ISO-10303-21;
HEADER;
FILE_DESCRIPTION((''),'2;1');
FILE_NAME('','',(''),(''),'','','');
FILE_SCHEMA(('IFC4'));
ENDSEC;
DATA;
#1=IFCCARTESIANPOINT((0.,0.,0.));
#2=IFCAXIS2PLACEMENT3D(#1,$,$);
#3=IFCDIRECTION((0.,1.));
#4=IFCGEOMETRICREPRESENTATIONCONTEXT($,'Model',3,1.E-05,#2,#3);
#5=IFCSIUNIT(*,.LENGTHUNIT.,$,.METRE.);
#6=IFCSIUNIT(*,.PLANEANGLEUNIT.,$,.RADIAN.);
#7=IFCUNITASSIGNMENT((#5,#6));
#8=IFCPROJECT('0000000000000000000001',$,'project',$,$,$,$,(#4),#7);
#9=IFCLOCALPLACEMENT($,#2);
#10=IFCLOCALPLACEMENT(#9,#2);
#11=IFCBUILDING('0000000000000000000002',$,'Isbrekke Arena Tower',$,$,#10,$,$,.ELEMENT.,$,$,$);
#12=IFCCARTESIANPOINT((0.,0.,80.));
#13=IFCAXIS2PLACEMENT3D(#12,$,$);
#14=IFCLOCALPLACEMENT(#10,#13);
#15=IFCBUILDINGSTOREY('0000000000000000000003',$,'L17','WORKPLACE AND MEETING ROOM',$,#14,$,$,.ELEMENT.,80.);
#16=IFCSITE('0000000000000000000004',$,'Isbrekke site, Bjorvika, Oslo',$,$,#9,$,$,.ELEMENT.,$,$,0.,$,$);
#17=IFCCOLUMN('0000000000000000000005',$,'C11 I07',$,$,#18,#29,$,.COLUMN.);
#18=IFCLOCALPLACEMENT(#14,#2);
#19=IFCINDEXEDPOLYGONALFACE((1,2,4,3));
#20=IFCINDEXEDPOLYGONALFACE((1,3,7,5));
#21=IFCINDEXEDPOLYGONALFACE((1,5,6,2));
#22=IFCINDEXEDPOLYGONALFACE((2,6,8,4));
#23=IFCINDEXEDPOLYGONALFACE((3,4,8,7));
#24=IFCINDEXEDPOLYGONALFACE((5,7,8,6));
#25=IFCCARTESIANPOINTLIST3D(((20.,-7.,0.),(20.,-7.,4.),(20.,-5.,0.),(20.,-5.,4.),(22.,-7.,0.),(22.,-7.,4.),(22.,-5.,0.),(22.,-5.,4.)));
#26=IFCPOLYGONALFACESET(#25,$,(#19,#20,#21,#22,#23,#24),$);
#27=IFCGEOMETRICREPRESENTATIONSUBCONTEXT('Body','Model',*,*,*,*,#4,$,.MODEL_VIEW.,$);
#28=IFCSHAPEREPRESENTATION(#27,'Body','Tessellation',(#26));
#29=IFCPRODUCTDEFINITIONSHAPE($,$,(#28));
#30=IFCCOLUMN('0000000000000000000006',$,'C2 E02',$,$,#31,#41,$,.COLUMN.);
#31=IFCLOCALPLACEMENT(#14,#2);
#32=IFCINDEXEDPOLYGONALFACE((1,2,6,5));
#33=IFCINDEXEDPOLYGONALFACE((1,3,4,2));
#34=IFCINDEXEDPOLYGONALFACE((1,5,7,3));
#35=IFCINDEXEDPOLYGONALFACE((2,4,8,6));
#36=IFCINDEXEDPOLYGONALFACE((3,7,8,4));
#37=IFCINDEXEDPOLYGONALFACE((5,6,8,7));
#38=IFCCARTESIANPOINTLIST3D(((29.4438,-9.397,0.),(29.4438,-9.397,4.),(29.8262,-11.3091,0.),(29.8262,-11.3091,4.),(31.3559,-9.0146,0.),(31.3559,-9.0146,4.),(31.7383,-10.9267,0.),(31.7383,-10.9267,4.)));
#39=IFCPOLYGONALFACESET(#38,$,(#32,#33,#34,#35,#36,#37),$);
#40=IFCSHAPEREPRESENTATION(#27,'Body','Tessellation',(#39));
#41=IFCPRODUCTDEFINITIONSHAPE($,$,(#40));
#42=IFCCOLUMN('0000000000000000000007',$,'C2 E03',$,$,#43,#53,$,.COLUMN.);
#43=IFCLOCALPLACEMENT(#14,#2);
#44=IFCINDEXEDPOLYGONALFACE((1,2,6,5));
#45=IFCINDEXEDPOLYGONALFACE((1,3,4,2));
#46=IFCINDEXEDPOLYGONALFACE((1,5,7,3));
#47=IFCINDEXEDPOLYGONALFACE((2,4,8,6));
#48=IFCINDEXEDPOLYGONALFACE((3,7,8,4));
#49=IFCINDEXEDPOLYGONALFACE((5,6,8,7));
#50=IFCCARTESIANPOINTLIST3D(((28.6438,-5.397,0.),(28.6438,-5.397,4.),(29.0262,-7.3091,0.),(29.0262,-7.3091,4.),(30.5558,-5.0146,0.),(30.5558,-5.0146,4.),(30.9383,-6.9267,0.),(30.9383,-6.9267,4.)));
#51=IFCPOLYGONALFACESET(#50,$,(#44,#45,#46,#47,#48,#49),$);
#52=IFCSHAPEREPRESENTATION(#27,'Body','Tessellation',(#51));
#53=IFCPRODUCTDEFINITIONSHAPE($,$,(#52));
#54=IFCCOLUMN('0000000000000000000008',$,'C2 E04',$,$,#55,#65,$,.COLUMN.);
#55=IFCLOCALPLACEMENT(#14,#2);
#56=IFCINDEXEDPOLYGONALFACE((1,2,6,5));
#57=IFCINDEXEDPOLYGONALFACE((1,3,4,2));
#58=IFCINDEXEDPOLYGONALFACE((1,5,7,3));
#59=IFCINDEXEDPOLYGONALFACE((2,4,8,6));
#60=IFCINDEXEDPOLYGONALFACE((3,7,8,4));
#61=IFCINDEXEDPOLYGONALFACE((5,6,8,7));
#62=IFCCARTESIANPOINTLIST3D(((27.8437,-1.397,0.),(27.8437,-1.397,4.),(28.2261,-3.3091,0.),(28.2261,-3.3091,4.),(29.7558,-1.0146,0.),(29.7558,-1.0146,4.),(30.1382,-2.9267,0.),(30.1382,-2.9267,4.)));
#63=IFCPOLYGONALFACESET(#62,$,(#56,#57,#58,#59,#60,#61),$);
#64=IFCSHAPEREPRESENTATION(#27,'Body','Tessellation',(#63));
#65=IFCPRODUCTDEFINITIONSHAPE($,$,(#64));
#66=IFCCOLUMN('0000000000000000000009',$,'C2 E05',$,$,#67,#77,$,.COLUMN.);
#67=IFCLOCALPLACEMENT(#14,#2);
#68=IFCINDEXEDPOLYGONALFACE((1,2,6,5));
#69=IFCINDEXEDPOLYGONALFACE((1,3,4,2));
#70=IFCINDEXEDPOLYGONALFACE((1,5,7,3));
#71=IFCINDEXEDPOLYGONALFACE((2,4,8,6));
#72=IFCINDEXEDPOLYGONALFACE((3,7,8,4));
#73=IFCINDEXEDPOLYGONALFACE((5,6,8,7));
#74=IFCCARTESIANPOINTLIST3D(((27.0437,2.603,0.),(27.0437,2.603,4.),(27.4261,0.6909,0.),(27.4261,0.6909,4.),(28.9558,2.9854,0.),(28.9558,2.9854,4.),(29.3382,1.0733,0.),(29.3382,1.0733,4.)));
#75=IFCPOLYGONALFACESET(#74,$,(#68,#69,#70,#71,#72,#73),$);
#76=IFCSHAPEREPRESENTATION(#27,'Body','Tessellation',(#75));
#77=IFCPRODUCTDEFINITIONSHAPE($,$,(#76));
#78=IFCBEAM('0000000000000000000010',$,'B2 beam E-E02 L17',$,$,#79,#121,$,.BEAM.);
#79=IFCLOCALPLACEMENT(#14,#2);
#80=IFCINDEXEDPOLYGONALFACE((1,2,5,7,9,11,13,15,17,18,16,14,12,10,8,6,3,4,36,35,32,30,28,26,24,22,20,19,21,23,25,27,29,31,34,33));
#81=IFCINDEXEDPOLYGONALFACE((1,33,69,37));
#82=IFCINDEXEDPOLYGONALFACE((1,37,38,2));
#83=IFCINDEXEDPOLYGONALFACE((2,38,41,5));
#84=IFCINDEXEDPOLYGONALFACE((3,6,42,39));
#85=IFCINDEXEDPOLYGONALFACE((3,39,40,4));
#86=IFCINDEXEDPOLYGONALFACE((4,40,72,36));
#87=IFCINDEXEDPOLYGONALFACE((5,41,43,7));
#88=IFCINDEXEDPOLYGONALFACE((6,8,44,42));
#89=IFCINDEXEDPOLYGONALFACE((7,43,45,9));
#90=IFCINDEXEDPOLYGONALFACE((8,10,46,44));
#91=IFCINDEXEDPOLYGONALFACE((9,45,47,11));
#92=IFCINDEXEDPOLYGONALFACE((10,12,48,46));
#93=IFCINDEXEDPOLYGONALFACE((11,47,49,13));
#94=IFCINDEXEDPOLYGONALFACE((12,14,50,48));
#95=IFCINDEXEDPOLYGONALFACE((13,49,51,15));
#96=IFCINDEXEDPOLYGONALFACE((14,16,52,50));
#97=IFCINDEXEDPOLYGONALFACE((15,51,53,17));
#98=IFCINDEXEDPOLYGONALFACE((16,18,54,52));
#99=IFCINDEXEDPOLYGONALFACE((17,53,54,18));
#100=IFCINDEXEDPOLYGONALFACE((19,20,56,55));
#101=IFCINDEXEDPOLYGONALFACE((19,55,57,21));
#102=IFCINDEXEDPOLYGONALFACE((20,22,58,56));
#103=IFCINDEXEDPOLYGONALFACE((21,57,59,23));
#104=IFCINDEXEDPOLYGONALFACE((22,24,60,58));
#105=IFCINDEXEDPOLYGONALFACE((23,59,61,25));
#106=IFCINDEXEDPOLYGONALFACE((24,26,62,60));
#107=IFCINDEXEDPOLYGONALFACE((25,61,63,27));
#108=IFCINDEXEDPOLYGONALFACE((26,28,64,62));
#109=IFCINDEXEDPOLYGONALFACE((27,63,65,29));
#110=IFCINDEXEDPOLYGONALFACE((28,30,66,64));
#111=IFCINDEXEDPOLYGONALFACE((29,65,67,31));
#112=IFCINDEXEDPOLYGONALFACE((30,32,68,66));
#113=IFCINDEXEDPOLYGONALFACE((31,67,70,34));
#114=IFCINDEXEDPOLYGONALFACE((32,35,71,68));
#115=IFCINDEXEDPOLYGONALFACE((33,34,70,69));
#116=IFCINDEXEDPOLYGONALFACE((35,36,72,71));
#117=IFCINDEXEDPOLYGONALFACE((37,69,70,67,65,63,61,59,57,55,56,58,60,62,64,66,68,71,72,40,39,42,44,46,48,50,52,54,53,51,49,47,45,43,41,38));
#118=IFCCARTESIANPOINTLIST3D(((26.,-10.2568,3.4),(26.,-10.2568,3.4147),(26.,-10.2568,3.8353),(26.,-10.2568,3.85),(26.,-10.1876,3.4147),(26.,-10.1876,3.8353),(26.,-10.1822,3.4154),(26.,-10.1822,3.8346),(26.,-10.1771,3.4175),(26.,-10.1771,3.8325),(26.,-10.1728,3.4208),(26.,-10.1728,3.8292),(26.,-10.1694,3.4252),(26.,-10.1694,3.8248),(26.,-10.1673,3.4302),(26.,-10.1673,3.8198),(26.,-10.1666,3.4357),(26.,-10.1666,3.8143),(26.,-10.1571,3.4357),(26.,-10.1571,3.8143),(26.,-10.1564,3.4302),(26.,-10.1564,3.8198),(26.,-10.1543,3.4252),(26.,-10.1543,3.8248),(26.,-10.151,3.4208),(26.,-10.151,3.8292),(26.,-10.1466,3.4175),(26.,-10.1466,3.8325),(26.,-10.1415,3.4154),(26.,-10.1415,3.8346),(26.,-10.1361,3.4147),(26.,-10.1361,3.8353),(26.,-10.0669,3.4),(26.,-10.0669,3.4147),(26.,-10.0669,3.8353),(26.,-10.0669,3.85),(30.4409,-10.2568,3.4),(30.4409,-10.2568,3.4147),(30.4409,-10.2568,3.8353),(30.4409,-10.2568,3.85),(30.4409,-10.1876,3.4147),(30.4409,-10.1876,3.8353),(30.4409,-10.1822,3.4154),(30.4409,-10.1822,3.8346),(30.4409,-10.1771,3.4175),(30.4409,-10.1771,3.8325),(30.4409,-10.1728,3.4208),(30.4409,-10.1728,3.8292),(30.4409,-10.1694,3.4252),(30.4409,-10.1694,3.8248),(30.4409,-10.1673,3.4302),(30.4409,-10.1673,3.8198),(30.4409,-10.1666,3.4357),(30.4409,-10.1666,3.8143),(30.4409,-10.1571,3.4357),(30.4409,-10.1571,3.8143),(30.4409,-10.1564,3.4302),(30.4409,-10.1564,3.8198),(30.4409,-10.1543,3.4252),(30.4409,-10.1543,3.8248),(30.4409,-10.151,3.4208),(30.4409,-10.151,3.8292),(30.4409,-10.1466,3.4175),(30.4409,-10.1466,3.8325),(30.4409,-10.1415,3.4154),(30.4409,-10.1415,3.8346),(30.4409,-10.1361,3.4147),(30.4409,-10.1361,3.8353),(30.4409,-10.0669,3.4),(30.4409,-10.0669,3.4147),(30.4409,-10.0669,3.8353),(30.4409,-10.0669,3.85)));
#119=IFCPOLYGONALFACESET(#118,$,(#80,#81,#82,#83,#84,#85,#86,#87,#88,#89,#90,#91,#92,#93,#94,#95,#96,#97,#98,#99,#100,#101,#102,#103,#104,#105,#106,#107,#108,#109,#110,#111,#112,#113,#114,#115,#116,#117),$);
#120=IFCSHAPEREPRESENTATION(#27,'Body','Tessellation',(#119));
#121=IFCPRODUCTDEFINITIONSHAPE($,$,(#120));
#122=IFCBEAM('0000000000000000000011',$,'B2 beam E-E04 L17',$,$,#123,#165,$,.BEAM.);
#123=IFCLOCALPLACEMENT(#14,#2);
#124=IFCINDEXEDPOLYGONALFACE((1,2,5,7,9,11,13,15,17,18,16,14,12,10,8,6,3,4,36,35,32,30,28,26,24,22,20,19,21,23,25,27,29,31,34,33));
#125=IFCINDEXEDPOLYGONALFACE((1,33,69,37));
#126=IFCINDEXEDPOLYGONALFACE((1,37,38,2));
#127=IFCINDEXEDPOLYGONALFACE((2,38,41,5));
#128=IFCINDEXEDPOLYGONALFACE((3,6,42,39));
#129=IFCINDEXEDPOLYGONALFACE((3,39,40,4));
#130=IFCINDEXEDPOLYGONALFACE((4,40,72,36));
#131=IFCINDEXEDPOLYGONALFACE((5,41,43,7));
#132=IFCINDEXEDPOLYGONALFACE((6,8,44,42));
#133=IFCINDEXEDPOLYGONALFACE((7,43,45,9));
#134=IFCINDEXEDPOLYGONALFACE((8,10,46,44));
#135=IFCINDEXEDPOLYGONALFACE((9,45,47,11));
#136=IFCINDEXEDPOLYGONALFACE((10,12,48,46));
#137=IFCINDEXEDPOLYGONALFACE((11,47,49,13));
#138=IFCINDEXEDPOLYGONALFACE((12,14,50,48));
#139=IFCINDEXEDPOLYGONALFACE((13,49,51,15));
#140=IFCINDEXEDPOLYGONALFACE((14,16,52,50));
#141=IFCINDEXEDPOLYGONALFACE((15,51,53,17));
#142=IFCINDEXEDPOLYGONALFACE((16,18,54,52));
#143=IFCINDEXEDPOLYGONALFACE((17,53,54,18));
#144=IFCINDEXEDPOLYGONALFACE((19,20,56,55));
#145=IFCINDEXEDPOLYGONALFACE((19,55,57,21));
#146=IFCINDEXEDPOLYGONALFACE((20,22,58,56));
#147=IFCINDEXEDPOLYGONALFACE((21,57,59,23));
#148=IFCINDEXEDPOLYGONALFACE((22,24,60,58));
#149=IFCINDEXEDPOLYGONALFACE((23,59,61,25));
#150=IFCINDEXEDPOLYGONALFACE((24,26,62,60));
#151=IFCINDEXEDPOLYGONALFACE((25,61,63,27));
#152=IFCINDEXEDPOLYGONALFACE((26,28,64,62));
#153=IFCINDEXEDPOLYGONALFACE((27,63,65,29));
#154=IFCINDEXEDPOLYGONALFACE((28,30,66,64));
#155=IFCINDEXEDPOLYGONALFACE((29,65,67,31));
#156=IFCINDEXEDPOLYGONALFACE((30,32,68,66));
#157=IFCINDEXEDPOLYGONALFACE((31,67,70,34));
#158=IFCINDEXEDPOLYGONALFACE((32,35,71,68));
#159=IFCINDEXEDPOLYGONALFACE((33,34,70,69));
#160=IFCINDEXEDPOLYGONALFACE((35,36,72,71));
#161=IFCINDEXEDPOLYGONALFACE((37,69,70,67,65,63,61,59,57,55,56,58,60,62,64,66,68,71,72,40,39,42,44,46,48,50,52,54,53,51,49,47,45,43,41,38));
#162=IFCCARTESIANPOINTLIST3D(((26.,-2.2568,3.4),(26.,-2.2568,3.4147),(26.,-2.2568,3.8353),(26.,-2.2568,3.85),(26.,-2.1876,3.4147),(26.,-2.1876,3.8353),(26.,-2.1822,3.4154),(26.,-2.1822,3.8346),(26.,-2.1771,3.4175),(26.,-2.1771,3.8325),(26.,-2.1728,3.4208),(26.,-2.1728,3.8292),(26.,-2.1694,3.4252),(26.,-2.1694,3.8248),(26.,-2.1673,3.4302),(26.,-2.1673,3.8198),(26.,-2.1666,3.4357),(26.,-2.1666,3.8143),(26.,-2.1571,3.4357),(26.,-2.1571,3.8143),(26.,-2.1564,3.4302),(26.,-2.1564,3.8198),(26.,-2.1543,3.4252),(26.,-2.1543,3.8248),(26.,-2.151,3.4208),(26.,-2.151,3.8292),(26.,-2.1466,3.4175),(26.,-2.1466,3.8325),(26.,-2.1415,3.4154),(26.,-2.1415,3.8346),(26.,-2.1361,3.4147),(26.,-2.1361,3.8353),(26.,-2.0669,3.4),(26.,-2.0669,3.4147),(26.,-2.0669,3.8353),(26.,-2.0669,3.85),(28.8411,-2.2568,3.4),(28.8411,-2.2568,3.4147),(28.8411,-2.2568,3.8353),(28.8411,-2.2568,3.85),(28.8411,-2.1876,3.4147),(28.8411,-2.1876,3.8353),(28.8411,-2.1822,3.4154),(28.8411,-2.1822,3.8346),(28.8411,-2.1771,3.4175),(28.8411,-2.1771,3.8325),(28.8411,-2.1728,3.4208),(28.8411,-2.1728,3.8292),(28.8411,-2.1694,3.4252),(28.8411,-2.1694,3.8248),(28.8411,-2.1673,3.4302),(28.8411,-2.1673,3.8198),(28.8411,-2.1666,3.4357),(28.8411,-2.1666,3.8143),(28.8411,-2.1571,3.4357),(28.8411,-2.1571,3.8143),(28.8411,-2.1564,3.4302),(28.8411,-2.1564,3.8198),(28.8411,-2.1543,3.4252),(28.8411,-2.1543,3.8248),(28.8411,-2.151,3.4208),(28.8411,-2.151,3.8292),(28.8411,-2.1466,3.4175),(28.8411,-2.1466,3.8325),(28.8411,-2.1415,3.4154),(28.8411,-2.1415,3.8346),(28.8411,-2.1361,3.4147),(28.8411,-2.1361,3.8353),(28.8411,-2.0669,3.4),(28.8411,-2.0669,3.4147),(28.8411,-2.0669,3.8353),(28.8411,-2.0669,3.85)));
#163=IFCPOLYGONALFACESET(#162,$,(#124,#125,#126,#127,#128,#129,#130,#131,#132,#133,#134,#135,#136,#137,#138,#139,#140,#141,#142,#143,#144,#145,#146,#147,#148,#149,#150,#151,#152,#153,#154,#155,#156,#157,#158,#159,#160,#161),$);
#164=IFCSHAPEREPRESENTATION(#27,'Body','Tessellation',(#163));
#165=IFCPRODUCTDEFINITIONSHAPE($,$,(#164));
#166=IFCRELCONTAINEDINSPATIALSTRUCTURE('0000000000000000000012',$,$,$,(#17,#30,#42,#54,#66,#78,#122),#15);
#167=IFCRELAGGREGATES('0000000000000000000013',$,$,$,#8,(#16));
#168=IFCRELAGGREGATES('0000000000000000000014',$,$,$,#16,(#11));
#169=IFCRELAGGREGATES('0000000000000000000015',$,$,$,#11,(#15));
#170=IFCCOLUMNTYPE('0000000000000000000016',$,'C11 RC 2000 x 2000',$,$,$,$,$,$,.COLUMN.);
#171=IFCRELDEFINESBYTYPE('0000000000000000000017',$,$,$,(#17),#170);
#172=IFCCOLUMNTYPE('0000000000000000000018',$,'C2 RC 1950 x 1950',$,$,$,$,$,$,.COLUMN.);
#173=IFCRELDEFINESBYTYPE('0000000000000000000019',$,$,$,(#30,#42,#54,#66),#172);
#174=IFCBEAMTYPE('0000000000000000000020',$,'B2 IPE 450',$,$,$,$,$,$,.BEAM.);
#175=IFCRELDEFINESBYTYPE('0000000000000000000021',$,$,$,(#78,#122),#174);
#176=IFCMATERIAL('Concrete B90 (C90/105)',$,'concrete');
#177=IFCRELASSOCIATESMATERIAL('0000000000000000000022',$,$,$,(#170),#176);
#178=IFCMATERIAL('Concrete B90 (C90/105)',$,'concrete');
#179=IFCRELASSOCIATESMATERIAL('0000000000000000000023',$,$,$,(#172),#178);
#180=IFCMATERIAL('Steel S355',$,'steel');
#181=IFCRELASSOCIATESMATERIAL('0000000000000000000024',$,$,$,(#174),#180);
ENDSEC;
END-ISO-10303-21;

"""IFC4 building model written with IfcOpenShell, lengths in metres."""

from ifc_helpers import new_model, si_unit, direction, frame, origin, origin_2d, place, context, subcontext, project, spatial, rectangle, i_section, extrude, material, material_profile, profile_set, type_object, element, save


model = new_model("IFC4")

# Units and contexts
model_context = context("Model", 3, precision=1e-05, world=origin(), true_north=direction((0.0, 1.0)))
body_context = subcontext(model_context, "Body", "Model", "MODEL_VIEW")
ifc_project = project(units=[si_unit("LENGTHUNIT", "METRE"), si_unit("PLANEANGLEUNIT", "RADIAN")], contexts=[model_context])

# Site, building, storey
site_placement = place(None, origin())
site = spatial("IfcSite", under=ifc_project, at=site_placement, Name="Isbrekke site, Bjorvika, Oslo", CompositionType="ELEMENT", RefElevation=0.0)
building_placement = place(site_placement, origin())
building = spatial("IfcBuilding", under=site, at=building_placement, Name="Isbrekke Arena Tower", CompositionType="ELEMENT")
storey_placement = place(building_placement, frame((0.0, 0.0, 80.0)))
storey = spatial("IfcBuildingStorey", under=building, at=storey_placement, Name="L17", Description="WORKPLACE AND MEETING ROOM", CompositionType="ELEMENT", Elevation=80.0)

# Columns
ifc_material_1 = material(Name="Concrete B90 (C90/105)", Category="concrete")
ifc_material_profile_1 = material_profile(ifc_material_1, rectangle(XDim=2.0, YDim=2.0, at=origin_2d()), Name="RC 2000x2000")
ifc_profile_set_1 = profile_set([ifc_material_profile_1], Name="Concrete B90 (C90/105)")
column_type_1 = type_object("IfcColumnType", Name="C11 RC 2000 x 2000", PredefinedType="COLUMN", material=ifc_profile_set_1)
column_placement = place(storey_placement, frame((21.0, -6.0, 0.0), z_axis=(0.0, 0.0, 1.0), x_axis=(1.0, 0.0, 0.0)))
element("IfcColumn", 1, at=column_placement, inside=storey, type_object=column_type_1, Name="C11 I07", PredefinedType="COLUMN", context=body_context, shape_type="SweptSolid", body=[
    extrude(rectangle(XDim=2.0, YDim=2.0, at=origin_2d()), origin(), (0.0, 0.0, 1.0), 4.0),
])
ifc_material_2 = material(Name="Concrete B90 (C90/105)", Category="concrete")
ifc_material_profile_2 = material_profile(ifc_material_2, rectangle(XDim=1.95, YDim=1.95, at=origin_2d()), Name="RC 1950x1950")
ifc_profile_set_2 = profile_set([ifc_material_profile_2], Name="Concrete B90 (C90/105)")
column_type_2 = type_object("IfcColumnType", Name="C2 RC 1950 x 1950", PredefinedType="COLUMN", material=ifc_profile_set_2)
for number, where, z_axis, x_axis, name in (
    (2, (30.5911, -10.1619, 0.0), (0.0, 0.0, 1.0), (-0.196116, 0.980581, 0.0), "C2 E02"),
    (3, (29.791, -6.1619, 0.0), (0.0, 0.0, 1.0), (-0.196116, 0.980581, 0.0), "C2 E03"),
    (4, (28.991, -2.1619, 0.0), (0.0, 0.0, 1.0), (-0.196116, 0.980581, 0.0), "C2 E04"),
    (5, (28.1909, 1.8381, 0.0), (0.0, 0.0, 1.0), (-0.196116, 0.980581, 0.0), "C2 E05"),
):
    element("IfcColumn", number, at=place(storey_placement, frame(where, z_axis=z_axis, x_axis=x_axis)), inside=storey, type_object=column_type_2, Name=name, PredefinedType="COLUMN", context=body_context, shape_type="SweptSolid", body=[
        extrude(rectangle(XDim=1.95, YDim=1.95, at=origin_2d()), origin(), (0.0, 0.0, 1.0), 4.0),
    ])

# Beams
ifc_material_3 = material(Name="Steel S355", Category="steel")
ifc_material_profile_3 = material_profile(ifc_material_3, i_section(OverallWidth=0.1899, OverallDepth=0.45, WebThickness=0.0095, FlangeThickness=0.0146, FilletRadius=0.021, at=origin_2d()), Name="IPE 450")
ifc_profile_set_3 = profile_set([ifc_material_profile_3], Name="Steel S355")
beam_type_1 = type_object("IfcBeamType", Name="B2 IPE 450", PredefinedType="BEAM", material=ifc_profile_set_3)
beam_1_placement = place(storey_placement, frame((30.4409, -10.1619, 3.625), z_axis=(-1.0, 0.0, 0.0), x_axis=(0.0, -1.0, 0.0)))
element("IfcBeam", 6, at=beam_1_placement, inside=storey, type_object=beam_type_1, Name="B2 beam E-E02 L17", PredefinedType="BEAM", context=body_context, shape_type="SweptSolid", body=[
    extrude(i_section(OverallWidth=0.1899, OverallDepth=0.45, WebThickness=0.0095, FlangeThickness=0.0146, FilletRadius=0.021, at=origin_2d()), origin(), (0.0, 0.0, 1.0), 4.4409),
])
beam_2_placement = place(storey_placement, frame((28.8411, -2.1619, 3.625), z_axis=(-1.0, 0.0, 0.0), x_axis=(0.0, -1.0, 0.0)))
element("IfcBeam", 7, at=beam_2_placement, inside=storey, type_object=beam_type_1, Name="B2 beam E-E04 L17", PredefinedType="BEAM", context=body_context, shape_type="SweptSolid", body=[
    extrude(i_section(OverallWidth=0.1899, OverallDepth=0.45, WebThickness=0.0095, FlangeThickness=0.0146, FilletRadius=0.021, at=origin_2d()), origin(), (0.0, 0.0, 1.0), 2.8411),
])

save(model, "model.ifc")
